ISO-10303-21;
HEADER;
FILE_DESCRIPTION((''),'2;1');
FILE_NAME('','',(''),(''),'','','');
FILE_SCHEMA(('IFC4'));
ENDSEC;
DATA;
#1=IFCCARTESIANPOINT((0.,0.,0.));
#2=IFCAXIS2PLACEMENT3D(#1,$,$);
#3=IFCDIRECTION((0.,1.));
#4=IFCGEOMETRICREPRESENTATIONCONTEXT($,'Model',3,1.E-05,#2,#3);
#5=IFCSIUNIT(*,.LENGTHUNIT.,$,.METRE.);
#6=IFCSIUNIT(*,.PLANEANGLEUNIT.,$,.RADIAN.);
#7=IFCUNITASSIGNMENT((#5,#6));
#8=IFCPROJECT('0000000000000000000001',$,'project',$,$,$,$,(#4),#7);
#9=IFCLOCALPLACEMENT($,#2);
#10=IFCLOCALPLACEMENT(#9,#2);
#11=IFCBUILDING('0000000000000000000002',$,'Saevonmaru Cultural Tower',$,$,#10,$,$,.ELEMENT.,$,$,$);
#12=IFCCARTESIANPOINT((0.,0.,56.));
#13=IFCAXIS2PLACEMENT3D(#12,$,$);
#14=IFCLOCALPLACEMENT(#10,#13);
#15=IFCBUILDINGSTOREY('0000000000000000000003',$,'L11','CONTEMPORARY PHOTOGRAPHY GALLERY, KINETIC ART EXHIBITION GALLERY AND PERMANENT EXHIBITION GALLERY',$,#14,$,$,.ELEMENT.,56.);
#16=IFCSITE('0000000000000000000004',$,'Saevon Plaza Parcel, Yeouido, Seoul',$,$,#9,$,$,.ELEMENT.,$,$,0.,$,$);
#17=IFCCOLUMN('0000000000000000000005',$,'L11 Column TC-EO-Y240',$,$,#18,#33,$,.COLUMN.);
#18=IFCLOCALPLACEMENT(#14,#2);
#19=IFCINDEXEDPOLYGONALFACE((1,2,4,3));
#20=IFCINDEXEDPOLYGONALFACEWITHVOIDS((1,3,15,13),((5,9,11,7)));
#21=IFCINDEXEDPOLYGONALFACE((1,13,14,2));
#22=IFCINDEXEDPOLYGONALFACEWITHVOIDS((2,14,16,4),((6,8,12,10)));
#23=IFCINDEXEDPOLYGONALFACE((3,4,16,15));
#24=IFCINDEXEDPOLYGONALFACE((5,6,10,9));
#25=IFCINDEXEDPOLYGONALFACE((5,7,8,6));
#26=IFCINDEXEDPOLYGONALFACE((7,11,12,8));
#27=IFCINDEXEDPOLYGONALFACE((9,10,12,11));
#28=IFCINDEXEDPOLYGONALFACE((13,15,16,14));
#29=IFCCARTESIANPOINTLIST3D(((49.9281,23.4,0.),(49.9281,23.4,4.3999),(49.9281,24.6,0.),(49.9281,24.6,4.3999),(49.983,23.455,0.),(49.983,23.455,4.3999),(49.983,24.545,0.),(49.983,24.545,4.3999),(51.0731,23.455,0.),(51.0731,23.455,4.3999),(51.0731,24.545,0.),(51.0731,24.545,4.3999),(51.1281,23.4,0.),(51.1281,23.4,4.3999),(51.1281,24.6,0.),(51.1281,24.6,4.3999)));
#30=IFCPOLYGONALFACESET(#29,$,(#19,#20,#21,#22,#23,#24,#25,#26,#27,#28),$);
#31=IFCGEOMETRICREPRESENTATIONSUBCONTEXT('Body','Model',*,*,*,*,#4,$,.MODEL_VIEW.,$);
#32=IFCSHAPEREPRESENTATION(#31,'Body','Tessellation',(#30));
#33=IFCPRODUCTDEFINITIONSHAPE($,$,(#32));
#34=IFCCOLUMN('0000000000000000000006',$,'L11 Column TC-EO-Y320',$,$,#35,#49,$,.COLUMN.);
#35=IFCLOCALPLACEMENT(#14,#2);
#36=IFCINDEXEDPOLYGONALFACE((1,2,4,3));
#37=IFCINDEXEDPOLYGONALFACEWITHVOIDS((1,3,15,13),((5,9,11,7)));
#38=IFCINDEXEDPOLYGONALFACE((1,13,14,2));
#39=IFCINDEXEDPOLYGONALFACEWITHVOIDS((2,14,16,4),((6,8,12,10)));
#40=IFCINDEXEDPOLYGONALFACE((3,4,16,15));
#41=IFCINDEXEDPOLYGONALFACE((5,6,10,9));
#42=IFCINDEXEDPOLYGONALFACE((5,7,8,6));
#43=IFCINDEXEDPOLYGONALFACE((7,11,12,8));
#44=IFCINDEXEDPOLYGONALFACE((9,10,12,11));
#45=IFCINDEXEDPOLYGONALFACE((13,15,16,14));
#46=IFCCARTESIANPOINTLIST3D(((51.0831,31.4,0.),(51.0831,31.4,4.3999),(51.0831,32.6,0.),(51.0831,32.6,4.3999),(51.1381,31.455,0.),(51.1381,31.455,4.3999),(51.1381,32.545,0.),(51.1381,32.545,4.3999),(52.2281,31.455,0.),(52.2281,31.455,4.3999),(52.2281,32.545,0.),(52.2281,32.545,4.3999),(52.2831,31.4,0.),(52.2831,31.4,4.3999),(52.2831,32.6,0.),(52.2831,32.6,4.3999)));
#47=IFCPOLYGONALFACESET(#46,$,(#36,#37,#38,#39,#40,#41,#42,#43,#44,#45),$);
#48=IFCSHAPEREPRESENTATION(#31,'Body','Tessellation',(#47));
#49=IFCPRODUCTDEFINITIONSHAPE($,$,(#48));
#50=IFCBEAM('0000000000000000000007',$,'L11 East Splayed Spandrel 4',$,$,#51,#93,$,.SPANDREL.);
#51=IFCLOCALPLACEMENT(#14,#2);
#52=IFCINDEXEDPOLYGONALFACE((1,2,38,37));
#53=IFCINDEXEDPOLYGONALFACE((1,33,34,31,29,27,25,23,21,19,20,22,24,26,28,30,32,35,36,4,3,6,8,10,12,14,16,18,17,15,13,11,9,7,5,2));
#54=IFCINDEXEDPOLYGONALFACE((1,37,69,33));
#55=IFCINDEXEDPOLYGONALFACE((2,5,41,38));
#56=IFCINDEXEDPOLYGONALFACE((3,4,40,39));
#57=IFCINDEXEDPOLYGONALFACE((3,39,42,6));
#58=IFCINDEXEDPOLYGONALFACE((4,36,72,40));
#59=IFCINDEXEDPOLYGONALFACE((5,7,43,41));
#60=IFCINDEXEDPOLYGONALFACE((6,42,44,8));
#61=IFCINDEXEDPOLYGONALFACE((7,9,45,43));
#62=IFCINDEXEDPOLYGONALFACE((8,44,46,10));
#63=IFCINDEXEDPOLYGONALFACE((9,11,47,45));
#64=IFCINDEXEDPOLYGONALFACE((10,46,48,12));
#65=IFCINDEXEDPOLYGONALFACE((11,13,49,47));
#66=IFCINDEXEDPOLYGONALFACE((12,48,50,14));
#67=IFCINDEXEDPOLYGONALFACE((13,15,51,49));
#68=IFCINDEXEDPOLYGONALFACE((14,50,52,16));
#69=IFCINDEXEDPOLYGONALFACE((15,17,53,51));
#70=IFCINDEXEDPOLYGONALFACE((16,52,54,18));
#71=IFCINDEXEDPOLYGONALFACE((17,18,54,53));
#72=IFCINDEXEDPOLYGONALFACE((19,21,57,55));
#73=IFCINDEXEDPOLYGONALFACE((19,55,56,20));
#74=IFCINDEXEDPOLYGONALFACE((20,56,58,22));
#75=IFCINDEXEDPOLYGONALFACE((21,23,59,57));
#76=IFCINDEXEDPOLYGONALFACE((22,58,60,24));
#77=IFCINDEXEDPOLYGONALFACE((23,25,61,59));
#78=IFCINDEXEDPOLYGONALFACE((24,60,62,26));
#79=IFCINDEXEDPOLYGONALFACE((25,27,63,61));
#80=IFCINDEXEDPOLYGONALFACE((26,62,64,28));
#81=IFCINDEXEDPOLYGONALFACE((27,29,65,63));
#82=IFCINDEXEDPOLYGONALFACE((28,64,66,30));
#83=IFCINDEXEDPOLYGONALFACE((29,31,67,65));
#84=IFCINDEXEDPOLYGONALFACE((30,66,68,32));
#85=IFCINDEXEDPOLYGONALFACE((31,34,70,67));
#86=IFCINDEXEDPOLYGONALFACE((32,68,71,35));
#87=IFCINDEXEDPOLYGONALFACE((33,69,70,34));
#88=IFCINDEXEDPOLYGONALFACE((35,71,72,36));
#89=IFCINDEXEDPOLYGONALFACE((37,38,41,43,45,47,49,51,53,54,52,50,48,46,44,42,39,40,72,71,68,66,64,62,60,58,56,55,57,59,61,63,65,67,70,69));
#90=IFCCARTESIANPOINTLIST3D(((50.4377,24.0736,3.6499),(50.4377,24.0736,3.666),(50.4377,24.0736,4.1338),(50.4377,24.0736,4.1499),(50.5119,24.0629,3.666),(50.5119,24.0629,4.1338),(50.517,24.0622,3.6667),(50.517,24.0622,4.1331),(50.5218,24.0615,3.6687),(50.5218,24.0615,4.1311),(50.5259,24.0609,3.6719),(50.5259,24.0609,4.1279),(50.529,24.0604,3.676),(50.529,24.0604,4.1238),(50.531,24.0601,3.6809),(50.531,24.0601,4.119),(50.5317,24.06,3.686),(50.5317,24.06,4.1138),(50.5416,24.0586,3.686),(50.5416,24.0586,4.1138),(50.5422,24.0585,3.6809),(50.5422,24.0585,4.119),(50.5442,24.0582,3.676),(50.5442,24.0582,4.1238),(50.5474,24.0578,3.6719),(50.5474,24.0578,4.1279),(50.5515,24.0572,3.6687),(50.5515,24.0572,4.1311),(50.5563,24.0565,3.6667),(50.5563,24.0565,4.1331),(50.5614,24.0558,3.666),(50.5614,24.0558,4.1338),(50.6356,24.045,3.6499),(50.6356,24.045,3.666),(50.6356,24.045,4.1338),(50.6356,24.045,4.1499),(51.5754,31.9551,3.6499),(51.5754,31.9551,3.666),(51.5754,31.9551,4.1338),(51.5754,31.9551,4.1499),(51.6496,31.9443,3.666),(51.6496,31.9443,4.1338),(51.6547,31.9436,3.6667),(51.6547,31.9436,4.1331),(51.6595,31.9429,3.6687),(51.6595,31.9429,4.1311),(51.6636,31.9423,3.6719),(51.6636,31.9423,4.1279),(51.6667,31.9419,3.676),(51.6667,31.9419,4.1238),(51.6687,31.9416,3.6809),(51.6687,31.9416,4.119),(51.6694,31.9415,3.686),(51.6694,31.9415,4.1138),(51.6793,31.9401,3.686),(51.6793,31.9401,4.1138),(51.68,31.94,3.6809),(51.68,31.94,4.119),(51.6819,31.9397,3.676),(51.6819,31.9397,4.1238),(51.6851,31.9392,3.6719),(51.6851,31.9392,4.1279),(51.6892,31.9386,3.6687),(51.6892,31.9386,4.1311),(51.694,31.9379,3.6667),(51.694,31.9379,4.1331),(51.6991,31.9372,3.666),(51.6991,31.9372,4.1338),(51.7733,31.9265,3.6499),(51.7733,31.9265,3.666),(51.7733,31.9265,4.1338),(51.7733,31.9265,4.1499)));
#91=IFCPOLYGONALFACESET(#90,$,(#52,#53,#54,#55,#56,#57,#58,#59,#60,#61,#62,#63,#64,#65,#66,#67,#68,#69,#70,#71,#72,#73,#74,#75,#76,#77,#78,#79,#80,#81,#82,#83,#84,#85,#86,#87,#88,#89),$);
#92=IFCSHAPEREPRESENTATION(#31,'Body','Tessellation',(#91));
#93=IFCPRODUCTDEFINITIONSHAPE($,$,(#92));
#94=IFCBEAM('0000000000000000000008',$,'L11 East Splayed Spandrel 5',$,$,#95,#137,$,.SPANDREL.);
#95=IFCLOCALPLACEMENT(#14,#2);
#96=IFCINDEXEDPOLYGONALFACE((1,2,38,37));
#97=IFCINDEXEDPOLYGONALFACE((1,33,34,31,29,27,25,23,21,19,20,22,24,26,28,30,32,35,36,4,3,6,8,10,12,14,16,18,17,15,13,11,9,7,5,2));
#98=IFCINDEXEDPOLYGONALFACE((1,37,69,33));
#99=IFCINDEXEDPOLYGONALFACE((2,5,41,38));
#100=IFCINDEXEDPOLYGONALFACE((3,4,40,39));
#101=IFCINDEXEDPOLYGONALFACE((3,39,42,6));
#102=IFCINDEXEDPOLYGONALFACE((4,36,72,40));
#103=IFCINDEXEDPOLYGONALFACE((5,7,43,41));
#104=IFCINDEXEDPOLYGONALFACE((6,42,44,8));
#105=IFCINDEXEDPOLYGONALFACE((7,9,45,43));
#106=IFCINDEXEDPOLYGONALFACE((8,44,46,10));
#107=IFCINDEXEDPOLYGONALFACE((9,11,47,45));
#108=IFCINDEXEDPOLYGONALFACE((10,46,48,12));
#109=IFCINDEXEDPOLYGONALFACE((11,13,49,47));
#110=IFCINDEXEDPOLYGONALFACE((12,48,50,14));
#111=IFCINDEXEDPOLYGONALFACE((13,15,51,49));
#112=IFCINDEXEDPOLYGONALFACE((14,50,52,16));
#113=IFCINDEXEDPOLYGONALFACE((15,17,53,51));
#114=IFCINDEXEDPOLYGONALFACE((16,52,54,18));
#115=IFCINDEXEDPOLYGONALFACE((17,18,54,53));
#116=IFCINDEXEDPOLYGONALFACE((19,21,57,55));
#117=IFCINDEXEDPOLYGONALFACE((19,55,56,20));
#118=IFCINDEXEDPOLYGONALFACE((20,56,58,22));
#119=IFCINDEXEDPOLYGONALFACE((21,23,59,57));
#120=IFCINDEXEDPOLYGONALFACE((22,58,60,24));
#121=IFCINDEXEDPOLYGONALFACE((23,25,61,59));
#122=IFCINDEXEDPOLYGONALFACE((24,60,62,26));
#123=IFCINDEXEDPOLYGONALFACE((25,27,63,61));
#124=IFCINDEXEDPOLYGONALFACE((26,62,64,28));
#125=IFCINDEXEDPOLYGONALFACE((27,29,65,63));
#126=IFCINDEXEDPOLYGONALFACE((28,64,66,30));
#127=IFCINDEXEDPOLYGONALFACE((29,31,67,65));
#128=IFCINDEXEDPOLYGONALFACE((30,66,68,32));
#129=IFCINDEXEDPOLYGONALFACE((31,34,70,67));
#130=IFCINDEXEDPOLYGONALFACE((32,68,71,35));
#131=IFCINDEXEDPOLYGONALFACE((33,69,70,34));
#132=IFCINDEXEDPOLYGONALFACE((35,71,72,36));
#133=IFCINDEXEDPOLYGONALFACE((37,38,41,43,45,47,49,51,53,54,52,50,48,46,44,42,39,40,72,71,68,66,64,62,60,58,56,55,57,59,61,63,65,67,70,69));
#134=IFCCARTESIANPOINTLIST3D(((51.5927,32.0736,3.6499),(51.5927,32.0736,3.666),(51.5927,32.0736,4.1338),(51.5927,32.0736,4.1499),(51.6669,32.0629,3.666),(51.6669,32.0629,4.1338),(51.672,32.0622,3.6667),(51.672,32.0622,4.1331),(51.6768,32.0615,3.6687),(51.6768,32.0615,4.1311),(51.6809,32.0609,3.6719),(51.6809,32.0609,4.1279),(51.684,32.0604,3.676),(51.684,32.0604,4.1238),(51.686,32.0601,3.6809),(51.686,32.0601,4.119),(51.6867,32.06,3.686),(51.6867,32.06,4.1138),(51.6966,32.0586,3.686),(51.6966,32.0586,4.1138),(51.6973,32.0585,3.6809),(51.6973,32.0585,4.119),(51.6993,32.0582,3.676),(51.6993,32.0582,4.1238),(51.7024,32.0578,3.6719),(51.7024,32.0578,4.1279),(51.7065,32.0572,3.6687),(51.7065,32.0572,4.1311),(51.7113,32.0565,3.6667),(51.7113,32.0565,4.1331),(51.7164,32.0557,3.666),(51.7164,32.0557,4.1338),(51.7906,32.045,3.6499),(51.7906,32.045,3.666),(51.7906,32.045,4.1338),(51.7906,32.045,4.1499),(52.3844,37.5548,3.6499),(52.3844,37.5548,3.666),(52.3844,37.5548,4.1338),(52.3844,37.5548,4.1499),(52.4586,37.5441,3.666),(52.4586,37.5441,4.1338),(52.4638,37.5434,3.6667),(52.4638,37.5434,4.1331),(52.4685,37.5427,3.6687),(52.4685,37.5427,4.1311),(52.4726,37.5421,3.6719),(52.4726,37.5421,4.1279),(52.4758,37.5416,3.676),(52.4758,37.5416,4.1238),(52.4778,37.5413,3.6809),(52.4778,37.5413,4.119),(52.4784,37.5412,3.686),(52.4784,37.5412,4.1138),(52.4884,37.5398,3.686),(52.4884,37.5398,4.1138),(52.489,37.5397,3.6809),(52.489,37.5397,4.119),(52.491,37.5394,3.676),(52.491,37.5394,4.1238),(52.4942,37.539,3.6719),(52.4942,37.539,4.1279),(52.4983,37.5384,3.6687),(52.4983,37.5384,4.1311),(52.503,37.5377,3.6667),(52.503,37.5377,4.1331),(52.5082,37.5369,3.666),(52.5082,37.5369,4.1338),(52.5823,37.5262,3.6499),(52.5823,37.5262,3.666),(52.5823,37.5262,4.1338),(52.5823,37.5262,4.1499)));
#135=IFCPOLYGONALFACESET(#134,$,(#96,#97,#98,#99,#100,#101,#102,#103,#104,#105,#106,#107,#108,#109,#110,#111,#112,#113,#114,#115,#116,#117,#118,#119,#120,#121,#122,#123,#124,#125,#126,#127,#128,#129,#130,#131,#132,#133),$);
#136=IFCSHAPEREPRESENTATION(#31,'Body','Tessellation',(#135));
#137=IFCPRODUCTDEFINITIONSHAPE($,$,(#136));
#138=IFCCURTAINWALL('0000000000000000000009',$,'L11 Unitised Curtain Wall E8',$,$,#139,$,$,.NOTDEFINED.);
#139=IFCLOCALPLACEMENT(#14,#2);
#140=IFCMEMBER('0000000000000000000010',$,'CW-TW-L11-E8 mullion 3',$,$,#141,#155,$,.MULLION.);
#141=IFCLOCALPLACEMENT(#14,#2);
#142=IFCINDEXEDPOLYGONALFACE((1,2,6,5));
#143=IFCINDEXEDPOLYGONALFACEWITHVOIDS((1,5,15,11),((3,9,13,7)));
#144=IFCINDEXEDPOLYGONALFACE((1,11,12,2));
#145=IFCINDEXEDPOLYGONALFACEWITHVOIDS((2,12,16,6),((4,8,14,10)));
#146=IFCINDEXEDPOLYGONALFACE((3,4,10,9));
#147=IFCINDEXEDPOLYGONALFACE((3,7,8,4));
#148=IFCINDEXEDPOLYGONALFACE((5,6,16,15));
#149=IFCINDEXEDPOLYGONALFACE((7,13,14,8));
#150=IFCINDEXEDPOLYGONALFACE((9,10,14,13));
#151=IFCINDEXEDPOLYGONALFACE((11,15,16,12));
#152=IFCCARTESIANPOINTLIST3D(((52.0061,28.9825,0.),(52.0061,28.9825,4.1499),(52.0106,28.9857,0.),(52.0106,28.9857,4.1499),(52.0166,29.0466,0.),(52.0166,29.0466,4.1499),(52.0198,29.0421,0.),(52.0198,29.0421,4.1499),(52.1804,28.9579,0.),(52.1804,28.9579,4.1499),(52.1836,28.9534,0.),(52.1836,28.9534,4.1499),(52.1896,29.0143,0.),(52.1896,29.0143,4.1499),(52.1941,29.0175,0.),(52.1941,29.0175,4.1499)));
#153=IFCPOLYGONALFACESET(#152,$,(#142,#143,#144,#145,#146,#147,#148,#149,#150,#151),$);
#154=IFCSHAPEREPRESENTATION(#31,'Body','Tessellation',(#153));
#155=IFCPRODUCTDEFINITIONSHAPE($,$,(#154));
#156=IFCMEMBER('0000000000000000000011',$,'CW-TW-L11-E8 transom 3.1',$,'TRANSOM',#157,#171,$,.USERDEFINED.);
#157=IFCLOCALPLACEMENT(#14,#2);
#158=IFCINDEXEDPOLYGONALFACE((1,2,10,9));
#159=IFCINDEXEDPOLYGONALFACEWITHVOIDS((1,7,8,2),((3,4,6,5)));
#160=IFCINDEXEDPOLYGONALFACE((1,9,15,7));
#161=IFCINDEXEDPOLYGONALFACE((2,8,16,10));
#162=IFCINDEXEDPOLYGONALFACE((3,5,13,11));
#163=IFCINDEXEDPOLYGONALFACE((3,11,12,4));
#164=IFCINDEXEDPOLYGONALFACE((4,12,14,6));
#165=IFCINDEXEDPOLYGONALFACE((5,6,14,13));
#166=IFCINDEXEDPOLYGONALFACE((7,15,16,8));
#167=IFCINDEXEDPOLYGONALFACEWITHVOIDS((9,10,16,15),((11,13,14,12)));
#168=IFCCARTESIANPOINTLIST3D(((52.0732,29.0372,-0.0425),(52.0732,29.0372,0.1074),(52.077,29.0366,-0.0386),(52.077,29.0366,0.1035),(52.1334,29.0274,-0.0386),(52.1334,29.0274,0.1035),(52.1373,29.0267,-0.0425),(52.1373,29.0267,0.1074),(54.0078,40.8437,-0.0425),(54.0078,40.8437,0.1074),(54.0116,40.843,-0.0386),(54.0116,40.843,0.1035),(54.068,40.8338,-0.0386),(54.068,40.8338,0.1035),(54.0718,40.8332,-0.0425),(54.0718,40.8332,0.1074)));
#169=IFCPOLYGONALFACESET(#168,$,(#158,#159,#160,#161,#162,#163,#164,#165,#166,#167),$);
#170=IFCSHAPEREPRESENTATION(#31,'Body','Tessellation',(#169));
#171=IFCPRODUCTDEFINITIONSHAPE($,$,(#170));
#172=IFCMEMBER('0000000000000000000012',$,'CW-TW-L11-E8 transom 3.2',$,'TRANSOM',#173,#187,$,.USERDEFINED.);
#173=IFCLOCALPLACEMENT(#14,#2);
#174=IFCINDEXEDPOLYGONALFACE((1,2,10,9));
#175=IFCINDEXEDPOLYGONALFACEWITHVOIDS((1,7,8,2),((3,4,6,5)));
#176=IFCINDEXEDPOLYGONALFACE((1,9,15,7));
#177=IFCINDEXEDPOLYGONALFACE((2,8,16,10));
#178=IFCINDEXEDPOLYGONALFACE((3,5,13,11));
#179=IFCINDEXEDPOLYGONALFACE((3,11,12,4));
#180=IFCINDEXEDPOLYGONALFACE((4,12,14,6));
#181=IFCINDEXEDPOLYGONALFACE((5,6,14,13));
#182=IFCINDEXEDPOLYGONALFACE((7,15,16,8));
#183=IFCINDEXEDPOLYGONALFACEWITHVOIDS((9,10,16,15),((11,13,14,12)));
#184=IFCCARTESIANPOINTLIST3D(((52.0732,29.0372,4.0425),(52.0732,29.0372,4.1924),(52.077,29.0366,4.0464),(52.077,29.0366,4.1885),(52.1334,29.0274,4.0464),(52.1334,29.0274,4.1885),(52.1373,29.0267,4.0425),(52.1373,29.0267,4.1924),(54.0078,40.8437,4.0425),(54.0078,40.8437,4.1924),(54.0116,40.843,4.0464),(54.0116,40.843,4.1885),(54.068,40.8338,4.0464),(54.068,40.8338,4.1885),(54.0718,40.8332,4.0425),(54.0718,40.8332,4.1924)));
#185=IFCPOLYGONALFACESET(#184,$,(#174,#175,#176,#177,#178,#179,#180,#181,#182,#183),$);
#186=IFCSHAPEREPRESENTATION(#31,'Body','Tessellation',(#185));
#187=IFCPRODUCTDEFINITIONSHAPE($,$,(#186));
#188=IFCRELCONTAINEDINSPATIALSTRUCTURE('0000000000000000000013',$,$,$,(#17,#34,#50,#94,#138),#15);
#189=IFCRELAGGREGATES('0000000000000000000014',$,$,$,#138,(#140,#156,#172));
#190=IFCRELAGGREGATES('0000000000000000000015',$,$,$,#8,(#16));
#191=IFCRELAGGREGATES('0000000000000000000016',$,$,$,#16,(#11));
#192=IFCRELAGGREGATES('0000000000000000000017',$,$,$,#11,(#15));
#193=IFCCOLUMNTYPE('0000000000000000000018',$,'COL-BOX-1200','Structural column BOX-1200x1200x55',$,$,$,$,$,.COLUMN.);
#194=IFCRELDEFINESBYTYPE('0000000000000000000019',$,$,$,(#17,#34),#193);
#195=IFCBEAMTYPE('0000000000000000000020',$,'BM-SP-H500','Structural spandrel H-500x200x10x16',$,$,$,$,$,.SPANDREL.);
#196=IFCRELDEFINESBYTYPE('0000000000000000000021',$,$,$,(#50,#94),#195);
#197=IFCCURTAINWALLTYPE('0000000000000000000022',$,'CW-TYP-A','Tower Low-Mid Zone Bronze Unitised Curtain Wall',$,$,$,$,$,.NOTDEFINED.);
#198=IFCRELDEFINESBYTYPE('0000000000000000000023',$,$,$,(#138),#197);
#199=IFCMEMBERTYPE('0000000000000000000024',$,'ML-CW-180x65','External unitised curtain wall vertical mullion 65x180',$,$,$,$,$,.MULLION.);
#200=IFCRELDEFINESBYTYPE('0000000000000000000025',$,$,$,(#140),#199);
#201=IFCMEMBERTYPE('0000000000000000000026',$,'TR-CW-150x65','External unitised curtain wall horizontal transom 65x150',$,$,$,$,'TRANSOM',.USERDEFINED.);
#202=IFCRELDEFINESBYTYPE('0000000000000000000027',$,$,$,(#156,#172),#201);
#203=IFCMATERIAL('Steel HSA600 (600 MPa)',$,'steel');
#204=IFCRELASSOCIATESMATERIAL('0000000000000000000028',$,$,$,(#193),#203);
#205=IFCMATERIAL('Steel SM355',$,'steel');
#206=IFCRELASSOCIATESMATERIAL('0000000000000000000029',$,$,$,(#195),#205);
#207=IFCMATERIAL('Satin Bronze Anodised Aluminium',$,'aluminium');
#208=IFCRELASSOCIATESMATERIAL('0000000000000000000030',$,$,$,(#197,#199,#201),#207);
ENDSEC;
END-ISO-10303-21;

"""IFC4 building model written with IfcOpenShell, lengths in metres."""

from ifc_helpers import new_model, si_unit, direction, frame, origin, origin_2d, place, context, subcontext, project, spatial, hollow_rectangle, i_section, extrude, material, material_profile, profile_set, type_object, element, aggregate, save


model = new_model("IFC4")

# Units and contexts
model_context = context("Model", 3, precision=1e-05, world=origin(), true_north=direction((0.0, 1.0)))
body_context = subcontext(model_context, "Body", "Model", "MODEL_VIEW")
ifc_project = project(units=[si_unit("LENGTHUNIT", "METRE"), si_unit("PLANEANGLEUNIT", "RADIAN")], contexts=[model_context])

# Site, building, storey
site_placement = place(None, origin())
site = spatial("IfcSite", under=ifc_project, at=site_placement, Name="Saevon Plaza Parcel, Yeouido, Seoul", CompositionType="ELEMENT", RefElevation=0.0)
building_placement = place(site_placement, origin())
building = spatial("IfcBuilding", under=site, at=building_placement, Name="Saevonmaru Cultural Tower", CompositionType="ELEMENT")
storey_placement = place(building_placement, frame((0.0, 0.0, 56.0)))
storey = spatial("IfcBuildingStorey", under=building, at=storey_placement, Name="L11", Description="CONTEMPORARY PHOTOGRAPHY GALLERY, KINETIC ART EXHIBITION GALLERY AND PERMANENT EXHIBITION GALLERY", CompositionType="ELEMENT", Elevation=56.0)

# Columns
ifc_material_1 = material(Name="Steel HSA600 (600 MPa)", Category="steel")
ifc_material_profile_1 = material_profile(ifc_material_1, hollow_rectangle(XDim=1.2, YDim=1.2, WallThickness=0.0549, at=origin_2d()), Name="BOX-1200x1200x55")
ifc_profile_set_1 = profile_set([ifc_material_profile_1], Name="Steel HSA600 (600 MPa)")
column_type = type_object("IfcColumnType", Name="COL-BOX-1200", Description="Structural column BOX-1200x1200x55", PredefinedType="COLUMN", material=ifc_profile_set_1)
for number, where, z_axis, x_axis, name in (
    (1, (50.5281, 24.0, 0.0), (0.0, 0.0, 1.0), (1.0, 0.0, 0.0), "L11 Column TC-EO-Y240"),
    (2, (51.6831, 32.0, 0.0), (0.0, 0.0, 1.0), (1.0, 0.0, 0.0), "L11 Column TC-EO-Y320"),
):
    element("IfcColumn", number, at=place(storey_placement, frame(where, z_axis=z_axis, x_axis=x_axis)), inside=storey, type_object=column_type, Name=name, PredefinedType="COLUMN", context=body_context, shape_type="SweptSolid", body=[
        extrude(hollow_rectangle(XDim=1.2, YDim=1.2, WallThickness=0.0549, at=origin_2d()), origin(), (0.0, 0.0, 1.0), 4.3999),
    ])

# Beams
ifc_material_2 = material(Name="Steel SM355", Category="steel")
ifc_material_profile_2 = material_profile(ifc_material_2, i_section(OverallWidth=0.2, OverallDepth=0.5, WebThickness=0.01, FlangeThickness=0.0161, FilletRadius=0.02, at=origin_2d()), Name="H-500x200x10x16")
ifc_profile_set_2 = profile_set([ifc_material_profile_2], Name="Steel SM355")
beam_type = type_object("IfcBeamType", Name="BM-SP-H500", Description="Structural spandrel H-500x200x10x16", PredefinedType="SPANDREL", material=ifc_profile_set_2)
beam_1_placement = place(storey_placement, frame((50.5366, 24.0593, 3.8999), z_axis=(0.142872, 0.989741, 0.0), x_axis=(-0.989741, 0.142872, 0.0)))
element("IfcBeam", 3, at=beam_1_placement, inside=storey, type_object=beam_type, Name="L11 East Splayed Spandrel 4", PredefinedType="SPANDREL", context=body_context, shape_type="SweptSolid", body=[
    extrude(i_section(OverallWidth=0.2, OverallDepth=0.5, WebThickness=0.01, FlangeThickness=0.0161, FilletRadius=0.02, at=origin_2d()), origin(), (0.0, 0.0, 1.0), 7.9631),
])
beam_2_placement = place(storey_placement, frame((51.6917, 32.0593, 3.8999), z_axis=(0.142964, 0.989728, 0.0), x_axis=(-0.989728, 0.142964, 0.0)))
element("IfcBeam", 4, at=beam_2_placement, inside=storey, type_object=beam_type, Name="L11 East Splayed Spandrel 5", PredefinedType="SPANDREL", context=body_context, shape_type="SweptSolid", body=[
    extrude(i_section(OverallWidth=0.2, OverallDepth=0.5, WebThickness=0.01, FlangeThickness=0.0161, FilletRadius=0.02, at=origin_2d()), origin(), (0.0, 0.0, 1.0), 5.5381),
])

# Curtain wall, members
ifc_material_3 = material(Name="Satin Bronze Anodised Aluminium", Category="aluminium")
curtain_wall_type = type_object("IfcCurtainWallType", Name="CW-TYP-A", Description="Tower Low-Mid Zone Bronze Unitised Curtain Wall", PredefinedType="NOTDEFINED", material=ifc_material_3)
curtain_wall_placement = place(storey_placement, origin())
curtain_wall = element("IfcCurtainWall", 5, at=curtain_wall_placement, inside=storey, type_object=curtain_wall_type, Name="L11 Unitised Curtain Wall E8", PredefinedType="NOTDEFINED")
ifc_material_profile_3 = material_profile(ifc_material_3, hollow_rectangle(XDim=0.0649, YDim=0.1799, WallThickness=0.0039, at=origin_2d()), Name="ALU-MULL-180x65x4")
ifc_profile_set_3 = profile_set([ifc_material_profile_3], Name="Satin Bronze Anodised Aluminium")
member_type_1 = type_object("IfcMemberType", Name="ML-CW-180x65", Description="External unitised curtain wall vertical mullion 65x180", PredefinedType="MULLION", material=ifc_profile_set_3)
member_1_placement = place(storey_placement, frame((52.1001, 29.0, 0.0), z_axis=(0.0, 0.0, 1.0), x_axis=(0.161709, 0.986839, 0.0)))
member_1 = element("IfcMember", 6, at=member_1_placement, type_object=member_type_1, Name="CW-TW-L11-E8 mullion 3", PredefinedType="MULLION", context=body_context, shape_type="SweptSolid", body=[
    extrude(hollow_rectangle(XDim=0.0649, YDim=0.1799, WallThickness=0.0039, at=origin_2d()), origin(), (0.0, 0.0, 1.0), 4.1499),
])
ifc_material_profile_4 = material_profile(ifc_material_3, hollow_rectangle(XDim=0.0649, YDim=0.1499, WallThickness=0.0039, at=origin_2d()), Name="ALU-TRAN-150x65x4")
ifc_profile_set_4 = profile_set([ifc_material_profile_4], Name="Satin Bronze Anodised Aluminium")
member_type_2 = type_object("IfcMemberType", Name="TR-CW-150x65", Description="External unitised curtain wall horizontal transom 65x150", ElementType="TRANSOM", PredefinedType="USERDEFINED", material=ifc_profile_set_4)
member_2_placement = place(storey_placement, frame((52.1052, 29.032, 0.0325), z_axis=(0.161701, 0.98684, 0.0), x_axis=(-0.98684, 0.161701, 0.0)))
member_2 = element("IfcMember", 7, at=member_2_placement, type_object=member_type_2, Name="CW-TW-L11-E8 transom 3.1", ObjectType="TRANSOM", PredefinedType="USERDEFINED", context=body_context, shape_type="SweptSolid", body=[
    extrude(hollow_rectangle(XDim=0.0649, YDim=0.1499, WallThickness=0.0039, at=origin_2d()), origin(), (0.0, 0.0, 1.0), 11.9639),
])
member_3_placement = place(storey_placement, frame((52.1052, 29.032, 4.1174), z_axis=(0.161701, 0.98684, 0.0), x_axis=(-0.98684, 0.161701, 0.0)))
member_3 = element("IfcMember", 8, at=member_3_placement, type_object=member_type_2, Name="CW-TW-L11-E8 transom 3.2", ObjectType="TRANSOM", PredefinedType="USERDEFINED", context=body_context, shape_type="SweptSolid", body=[
    extrude(hollow_rectangle(XDim=0.0649, YDim=0.1499, WallThickness=0.0039, at=origin_2d()), origin(), (0.0, 0.0, 1.0), 11.9639),
])
aggregate(curtain_wall, [member_1, member_2, member_3])

save(model, "model.ifc")
